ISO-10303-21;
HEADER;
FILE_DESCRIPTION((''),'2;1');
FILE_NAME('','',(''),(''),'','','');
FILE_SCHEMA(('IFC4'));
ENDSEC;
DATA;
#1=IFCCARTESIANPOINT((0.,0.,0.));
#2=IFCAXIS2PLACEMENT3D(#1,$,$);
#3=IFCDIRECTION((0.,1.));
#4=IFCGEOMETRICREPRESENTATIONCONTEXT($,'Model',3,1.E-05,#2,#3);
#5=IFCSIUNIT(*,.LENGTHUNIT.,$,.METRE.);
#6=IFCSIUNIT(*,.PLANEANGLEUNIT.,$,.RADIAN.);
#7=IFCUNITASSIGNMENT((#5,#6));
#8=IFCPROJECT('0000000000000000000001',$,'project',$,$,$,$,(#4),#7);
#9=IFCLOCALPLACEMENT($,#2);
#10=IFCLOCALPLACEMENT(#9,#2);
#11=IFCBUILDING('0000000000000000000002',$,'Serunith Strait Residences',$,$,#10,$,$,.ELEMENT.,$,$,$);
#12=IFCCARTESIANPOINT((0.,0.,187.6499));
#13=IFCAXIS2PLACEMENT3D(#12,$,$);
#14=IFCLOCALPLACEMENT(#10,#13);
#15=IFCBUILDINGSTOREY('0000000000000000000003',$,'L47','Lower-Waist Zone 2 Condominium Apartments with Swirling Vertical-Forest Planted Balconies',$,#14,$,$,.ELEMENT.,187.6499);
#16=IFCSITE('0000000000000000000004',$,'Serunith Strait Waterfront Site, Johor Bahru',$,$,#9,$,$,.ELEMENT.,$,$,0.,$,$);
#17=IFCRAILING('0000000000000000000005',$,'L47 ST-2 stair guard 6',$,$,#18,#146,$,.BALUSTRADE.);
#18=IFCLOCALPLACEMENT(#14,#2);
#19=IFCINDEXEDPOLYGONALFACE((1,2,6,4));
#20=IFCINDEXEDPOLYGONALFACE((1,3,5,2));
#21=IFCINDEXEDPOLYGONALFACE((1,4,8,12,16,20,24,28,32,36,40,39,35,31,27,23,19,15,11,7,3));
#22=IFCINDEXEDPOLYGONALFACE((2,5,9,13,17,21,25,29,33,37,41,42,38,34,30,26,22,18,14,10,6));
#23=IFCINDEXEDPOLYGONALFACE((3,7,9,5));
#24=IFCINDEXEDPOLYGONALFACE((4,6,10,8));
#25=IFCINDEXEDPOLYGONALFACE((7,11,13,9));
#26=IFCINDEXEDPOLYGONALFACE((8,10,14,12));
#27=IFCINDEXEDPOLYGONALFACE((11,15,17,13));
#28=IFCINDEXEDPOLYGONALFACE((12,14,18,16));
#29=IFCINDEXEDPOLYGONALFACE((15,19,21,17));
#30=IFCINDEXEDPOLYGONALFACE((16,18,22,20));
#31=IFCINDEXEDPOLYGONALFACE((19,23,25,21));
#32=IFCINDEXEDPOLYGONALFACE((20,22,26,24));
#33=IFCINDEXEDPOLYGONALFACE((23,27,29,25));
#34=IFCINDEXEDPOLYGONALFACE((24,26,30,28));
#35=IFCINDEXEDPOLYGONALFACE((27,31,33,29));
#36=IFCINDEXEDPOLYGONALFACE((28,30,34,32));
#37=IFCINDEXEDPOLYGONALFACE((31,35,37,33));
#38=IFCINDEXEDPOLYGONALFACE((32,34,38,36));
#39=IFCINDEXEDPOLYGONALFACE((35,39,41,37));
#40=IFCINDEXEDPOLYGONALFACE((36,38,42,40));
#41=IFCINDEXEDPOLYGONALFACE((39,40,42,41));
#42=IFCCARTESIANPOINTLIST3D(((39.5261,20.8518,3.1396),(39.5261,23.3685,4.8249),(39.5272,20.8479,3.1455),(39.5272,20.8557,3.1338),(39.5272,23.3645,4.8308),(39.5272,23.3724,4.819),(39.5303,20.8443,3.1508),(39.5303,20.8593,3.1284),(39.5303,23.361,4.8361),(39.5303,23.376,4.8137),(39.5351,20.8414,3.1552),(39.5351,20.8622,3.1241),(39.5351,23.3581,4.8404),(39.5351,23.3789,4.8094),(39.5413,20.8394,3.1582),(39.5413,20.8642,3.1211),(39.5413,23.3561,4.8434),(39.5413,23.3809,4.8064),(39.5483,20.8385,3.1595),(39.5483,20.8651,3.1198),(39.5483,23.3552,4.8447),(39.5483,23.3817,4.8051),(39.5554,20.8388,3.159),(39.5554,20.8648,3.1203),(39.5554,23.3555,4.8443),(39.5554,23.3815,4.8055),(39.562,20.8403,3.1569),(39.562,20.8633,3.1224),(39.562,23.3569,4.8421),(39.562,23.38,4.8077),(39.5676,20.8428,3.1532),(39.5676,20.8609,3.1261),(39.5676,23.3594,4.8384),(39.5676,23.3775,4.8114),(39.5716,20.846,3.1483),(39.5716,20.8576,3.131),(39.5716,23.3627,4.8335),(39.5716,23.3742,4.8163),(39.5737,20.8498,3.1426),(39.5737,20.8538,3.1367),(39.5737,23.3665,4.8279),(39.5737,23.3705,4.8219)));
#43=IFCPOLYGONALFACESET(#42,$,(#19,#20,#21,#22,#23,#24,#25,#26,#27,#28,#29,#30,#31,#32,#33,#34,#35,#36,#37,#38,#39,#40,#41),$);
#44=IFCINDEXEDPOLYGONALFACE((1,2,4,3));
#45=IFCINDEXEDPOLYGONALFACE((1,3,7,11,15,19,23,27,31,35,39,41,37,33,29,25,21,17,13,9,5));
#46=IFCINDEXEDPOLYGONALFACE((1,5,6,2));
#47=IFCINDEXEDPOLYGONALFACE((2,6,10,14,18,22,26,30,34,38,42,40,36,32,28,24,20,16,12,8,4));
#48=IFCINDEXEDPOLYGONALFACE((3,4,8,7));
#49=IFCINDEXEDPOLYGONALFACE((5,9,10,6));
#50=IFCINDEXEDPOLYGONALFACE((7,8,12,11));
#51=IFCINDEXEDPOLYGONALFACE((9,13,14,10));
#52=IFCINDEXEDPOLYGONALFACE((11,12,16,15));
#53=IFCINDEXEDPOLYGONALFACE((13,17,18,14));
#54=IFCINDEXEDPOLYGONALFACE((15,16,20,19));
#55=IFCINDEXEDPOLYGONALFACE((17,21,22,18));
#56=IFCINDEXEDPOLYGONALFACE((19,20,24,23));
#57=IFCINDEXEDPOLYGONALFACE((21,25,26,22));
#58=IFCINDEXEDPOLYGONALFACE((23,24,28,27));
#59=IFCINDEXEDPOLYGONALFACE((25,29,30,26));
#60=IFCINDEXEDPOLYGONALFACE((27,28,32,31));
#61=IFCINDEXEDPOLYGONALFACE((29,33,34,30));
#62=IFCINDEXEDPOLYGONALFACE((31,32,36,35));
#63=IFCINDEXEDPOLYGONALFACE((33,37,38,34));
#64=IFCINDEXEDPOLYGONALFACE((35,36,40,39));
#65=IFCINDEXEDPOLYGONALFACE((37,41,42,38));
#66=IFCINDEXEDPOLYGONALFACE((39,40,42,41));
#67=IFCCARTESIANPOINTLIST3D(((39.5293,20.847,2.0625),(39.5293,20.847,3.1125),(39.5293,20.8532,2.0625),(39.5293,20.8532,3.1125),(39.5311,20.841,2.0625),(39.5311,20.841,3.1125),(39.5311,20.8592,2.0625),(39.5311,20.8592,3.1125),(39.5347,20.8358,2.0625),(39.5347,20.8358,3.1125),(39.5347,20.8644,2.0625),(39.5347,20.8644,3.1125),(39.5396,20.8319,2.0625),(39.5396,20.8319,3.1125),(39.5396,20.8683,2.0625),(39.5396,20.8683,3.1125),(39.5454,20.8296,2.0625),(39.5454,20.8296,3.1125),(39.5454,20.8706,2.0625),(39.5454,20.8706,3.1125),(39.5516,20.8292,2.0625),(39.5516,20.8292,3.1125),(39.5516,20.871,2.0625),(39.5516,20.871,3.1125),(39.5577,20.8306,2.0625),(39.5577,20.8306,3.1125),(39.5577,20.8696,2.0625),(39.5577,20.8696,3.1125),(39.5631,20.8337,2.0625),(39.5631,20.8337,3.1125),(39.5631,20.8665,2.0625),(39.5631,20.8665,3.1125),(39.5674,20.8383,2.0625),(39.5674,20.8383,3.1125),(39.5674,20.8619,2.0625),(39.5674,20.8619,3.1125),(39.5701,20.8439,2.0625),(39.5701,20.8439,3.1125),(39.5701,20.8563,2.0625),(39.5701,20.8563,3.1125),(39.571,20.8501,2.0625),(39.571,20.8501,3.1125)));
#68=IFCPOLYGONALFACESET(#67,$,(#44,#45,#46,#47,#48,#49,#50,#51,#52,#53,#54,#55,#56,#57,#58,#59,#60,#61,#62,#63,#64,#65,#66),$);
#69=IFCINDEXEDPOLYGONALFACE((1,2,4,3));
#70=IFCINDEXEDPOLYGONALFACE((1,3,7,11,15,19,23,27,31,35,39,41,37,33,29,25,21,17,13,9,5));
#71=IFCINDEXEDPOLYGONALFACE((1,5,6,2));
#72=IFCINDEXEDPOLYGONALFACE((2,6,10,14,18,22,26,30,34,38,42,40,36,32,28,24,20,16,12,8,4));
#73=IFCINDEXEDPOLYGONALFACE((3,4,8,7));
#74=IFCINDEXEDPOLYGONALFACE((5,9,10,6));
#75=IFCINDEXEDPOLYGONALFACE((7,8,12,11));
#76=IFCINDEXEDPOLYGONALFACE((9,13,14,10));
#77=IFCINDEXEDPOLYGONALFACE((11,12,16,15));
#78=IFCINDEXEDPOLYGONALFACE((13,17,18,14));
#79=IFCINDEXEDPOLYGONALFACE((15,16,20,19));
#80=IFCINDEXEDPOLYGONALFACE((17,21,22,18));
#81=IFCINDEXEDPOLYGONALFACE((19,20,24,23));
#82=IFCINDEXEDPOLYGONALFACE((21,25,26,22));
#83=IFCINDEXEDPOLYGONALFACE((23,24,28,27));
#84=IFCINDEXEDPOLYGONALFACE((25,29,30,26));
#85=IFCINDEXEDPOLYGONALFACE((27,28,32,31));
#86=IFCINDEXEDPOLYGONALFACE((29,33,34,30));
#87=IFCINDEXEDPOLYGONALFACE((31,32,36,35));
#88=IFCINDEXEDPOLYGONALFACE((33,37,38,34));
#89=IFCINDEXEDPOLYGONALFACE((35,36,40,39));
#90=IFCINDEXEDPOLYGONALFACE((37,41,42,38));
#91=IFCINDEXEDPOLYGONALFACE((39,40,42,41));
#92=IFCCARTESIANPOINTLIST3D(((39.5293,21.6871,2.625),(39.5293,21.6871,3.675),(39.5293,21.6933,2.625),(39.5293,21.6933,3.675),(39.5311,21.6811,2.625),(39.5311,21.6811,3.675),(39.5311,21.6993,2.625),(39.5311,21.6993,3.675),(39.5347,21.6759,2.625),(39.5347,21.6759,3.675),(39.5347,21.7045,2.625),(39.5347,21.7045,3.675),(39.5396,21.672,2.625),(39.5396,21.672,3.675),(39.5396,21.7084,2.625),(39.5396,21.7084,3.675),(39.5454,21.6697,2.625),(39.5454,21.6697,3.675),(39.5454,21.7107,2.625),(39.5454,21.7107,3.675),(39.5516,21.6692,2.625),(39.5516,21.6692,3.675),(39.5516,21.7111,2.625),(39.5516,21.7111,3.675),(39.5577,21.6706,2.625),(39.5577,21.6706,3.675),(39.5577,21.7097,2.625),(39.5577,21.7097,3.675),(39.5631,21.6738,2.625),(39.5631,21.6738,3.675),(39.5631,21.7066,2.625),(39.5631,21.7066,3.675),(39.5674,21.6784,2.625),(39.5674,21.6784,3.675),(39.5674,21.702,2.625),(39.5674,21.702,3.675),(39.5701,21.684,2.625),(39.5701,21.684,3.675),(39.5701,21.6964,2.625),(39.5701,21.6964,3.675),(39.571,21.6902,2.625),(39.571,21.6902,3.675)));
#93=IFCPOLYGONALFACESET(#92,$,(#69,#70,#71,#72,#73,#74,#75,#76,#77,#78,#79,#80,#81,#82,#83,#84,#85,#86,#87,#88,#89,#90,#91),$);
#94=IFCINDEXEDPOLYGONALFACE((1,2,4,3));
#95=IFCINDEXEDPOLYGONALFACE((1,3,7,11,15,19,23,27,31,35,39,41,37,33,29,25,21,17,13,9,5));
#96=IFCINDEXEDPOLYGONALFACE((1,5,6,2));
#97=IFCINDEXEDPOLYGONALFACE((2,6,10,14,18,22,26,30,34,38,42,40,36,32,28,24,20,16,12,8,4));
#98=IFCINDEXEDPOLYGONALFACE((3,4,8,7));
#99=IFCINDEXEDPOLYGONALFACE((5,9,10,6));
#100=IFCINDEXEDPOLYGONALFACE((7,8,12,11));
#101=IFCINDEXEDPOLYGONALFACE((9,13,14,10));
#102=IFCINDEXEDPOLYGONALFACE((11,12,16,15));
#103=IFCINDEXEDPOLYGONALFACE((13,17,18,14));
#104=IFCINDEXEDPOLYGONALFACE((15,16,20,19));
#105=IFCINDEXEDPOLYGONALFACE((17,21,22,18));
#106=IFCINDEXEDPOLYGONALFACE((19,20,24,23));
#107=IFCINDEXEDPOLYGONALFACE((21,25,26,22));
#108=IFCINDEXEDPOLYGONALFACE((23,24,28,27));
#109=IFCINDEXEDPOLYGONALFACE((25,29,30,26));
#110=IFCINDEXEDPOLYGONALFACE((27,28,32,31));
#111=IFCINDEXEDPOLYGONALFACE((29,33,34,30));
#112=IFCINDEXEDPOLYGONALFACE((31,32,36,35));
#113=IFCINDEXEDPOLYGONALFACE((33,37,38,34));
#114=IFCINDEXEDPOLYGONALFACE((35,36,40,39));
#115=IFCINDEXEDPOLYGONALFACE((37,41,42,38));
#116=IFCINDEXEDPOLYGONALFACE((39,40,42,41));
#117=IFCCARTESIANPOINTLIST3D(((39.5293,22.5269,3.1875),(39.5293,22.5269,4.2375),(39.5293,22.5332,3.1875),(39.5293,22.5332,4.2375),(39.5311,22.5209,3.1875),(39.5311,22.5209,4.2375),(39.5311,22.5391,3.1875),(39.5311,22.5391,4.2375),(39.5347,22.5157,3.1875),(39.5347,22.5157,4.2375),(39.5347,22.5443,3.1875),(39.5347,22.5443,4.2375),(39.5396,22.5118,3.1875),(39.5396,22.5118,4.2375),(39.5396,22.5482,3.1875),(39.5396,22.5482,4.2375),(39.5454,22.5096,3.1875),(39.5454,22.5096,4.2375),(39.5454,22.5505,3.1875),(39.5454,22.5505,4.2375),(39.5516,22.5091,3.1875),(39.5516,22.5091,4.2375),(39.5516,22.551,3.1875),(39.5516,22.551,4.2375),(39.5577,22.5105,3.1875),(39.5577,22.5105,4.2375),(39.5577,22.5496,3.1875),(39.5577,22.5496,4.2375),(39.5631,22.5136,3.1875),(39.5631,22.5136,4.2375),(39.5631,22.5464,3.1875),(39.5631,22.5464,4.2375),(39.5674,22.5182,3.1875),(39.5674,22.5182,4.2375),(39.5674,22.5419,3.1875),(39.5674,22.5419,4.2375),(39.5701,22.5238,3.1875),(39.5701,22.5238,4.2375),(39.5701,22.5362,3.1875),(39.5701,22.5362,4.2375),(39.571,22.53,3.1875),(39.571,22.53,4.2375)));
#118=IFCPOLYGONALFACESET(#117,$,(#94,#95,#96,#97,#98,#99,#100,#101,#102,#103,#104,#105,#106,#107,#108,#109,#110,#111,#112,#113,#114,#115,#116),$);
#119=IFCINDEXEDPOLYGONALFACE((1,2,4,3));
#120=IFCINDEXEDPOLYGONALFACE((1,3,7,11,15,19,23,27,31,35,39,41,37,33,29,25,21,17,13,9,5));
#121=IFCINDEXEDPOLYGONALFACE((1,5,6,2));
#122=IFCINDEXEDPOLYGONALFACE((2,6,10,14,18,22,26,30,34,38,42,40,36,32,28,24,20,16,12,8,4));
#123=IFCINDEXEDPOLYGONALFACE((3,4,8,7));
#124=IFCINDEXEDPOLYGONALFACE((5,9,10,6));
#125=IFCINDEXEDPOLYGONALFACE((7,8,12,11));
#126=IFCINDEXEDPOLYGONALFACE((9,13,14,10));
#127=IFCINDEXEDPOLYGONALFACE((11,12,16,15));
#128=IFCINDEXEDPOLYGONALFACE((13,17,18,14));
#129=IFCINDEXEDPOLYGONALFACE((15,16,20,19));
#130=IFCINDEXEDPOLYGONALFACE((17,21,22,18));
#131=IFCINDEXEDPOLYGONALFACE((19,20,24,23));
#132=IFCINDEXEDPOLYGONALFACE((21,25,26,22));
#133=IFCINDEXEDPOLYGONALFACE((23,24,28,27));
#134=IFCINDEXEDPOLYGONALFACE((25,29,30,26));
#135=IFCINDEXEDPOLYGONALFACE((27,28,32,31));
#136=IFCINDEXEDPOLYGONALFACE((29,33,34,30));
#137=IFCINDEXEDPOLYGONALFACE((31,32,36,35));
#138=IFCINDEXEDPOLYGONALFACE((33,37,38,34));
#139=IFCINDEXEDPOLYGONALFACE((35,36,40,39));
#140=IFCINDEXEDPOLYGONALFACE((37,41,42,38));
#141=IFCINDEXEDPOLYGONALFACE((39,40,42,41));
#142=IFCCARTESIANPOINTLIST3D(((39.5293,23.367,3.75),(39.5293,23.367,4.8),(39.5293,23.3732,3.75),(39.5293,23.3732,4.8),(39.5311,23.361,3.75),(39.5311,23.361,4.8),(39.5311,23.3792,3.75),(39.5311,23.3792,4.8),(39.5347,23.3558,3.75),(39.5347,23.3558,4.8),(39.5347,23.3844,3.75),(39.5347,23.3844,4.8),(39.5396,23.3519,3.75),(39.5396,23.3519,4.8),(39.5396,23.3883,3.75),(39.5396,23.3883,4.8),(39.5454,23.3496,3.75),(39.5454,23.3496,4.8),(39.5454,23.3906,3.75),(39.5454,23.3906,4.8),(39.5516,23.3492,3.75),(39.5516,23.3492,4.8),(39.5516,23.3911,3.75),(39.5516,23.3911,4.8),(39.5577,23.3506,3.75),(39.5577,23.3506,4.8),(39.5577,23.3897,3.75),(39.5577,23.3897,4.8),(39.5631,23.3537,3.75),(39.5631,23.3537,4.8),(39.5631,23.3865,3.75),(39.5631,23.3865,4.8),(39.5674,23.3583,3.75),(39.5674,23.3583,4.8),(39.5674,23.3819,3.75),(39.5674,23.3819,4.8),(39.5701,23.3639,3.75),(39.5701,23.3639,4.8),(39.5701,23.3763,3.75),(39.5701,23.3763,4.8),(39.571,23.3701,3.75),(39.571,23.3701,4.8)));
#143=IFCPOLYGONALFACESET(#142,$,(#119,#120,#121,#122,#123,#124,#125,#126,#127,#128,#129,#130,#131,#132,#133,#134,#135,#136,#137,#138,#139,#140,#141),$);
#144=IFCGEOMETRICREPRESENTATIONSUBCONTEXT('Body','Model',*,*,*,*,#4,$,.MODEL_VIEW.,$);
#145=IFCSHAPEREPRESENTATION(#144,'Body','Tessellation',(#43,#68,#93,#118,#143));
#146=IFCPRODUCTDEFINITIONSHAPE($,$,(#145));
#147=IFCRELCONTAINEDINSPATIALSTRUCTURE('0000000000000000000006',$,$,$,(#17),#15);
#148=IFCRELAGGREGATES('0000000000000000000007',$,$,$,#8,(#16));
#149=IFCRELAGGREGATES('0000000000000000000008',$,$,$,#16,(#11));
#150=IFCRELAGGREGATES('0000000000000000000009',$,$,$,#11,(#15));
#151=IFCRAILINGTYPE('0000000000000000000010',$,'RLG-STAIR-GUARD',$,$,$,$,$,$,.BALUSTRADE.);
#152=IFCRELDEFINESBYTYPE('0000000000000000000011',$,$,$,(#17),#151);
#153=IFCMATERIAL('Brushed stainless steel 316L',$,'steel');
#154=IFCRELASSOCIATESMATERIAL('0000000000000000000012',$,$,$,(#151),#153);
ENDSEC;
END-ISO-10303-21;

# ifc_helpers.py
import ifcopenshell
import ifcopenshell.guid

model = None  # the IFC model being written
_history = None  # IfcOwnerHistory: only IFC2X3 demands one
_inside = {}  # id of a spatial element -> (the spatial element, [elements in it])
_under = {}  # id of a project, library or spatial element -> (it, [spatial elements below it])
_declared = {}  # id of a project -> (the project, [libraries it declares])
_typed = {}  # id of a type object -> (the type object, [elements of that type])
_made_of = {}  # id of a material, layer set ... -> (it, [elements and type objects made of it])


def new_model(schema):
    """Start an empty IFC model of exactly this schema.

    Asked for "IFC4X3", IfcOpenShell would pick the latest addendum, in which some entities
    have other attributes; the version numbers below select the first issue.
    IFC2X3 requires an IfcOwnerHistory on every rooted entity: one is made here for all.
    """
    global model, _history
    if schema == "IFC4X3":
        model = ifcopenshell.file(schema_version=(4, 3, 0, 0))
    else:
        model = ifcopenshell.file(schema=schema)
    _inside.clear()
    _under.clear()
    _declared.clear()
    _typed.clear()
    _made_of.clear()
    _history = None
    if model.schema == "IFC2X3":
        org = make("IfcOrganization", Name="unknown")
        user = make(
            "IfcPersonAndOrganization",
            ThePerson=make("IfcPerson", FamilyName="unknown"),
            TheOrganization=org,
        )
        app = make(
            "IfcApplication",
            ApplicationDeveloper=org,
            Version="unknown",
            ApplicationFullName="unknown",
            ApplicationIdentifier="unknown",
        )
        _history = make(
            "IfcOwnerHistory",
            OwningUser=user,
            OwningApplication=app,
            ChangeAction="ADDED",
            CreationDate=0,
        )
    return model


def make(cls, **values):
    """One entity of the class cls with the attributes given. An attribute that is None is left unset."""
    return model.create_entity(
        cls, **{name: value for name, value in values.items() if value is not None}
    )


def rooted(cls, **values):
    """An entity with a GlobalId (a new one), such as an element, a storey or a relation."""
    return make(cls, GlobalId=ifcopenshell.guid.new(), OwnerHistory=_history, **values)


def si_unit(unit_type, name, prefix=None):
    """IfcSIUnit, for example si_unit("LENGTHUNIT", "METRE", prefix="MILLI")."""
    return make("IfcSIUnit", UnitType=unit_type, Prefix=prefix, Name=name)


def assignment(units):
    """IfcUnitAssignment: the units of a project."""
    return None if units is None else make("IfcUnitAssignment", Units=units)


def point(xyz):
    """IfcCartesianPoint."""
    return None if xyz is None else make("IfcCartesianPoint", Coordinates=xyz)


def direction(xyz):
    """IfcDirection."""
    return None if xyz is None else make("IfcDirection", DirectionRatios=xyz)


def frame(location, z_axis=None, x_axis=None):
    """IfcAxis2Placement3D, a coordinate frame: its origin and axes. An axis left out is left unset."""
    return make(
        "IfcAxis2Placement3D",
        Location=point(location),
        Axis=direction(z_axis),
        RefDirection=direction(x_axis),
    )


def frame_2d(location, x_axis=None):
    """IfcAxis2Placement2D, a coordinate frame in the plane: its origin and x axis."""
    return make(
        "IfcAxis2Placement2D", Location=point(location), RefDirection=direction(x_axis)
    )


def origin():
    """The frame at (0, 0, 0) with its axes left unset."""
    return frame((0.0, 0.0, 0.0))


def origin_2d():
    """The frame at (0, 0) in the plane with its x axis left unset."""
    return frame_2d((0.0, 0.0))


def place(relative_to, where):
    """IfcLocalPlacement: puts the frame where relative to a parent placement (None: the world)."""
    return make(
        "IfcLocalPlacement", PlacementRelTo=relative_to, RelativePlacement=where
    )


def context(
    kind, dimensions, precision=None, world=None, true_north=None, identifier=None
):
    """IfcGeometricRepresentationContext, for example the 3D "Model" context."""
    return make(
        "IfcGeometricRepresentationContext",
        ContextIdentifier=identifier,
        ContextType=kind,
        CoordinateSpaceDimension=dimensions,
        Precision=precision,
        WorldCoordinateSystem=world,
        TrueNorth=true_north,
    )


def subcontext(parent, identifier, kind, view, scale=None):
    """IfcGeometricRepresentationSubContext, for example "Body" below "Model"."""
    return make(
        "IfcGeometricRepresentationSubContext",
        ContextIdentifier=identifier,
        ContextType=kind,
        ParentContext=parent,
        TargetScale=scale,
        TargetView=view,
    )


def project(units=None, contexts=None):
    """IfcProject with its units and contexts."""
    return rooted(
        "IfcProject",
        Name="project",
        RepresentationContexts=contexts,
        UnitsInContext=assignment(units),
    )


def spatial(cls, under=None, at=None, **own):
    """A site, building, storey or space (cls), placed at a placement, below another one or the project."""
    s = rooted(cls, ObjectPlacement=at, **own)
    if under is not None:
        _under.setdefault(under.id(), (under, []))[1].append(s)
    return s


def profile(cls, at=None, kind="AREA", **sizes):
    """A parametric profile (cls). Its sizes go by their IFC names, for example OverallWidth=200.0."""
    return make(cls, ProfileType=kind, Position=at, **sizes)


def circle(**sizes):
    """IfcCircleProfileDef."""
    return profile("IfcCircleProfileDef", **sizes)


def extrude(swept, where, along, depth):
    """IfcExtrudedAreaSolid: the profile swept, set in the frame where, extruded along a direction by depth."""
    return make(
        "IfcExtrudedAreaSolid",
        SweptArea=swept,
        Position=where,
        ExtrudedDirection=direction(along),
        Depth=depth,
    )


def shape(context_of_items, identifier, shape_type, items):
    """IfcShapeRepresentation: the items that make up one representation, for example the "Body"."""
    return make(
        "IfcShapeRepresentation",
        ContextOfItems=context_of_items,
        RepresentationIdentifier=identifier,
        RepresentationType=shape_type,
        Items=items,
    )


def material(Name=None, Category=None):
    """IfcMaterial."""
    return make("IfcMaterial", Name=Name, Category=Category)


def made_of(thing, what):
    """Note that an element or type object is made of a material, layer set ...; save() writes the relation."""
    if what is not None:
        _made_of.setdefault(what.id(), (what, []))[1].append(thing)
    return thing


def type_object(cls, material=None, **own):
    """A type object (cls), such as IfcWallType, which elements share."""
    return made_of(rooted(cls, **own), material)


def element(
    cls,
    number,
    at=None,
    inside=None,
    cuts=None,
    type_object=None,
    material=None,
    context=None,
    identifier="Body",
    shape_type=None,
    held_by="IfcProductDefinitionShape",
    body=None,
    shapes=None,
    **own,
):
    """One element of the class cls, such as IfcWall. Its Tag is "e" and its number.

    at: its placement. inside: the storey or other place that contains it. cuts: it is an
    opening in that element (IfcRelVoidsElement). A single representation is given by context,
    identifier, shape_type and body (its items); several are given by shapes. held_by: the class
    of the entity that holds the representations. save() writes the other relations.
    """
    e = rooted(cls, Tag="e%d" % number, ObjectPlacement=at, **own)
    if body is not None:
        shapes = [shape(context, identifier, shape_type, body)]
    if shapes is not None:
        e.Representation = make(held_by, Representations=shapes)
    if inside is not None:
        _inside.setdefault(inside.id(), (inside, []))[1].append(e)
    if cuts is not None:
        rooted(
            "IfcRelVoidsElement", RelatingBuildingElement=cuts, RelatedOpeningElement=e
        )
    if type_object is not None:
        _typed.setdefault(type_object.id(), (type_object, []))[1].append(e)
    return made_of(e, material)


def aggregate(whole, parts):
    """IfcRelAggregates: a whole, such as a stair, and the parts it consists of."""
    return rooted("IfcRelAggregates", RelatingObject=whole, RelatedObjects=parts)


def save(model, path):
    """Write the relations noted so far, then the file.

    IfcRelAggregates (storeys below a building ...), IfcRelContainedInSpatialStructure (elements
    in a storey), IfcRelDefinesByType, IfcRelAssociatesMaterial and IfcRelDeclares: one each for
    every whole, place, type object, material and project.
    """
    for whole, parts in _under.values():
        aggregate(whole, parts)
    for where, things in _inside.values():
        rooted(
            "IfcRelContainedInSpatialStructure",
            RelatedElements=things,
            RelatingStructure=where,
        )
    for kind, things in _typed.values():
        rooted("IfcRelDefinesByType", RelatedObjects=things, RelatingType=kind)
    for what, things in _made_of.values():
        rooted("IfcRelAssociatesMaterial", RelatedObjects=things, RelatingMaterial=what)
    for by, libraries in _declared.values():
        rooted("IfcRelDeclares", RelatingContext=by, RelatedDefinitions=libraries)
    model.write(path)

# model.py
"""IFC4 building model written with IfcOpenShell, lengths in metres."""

from ifc_helpers import new_model, si_unit, direction, frame, origin, origin_2d, place, context, subcontext, project, spatial, circle, extrude, material, type_object, element, save


model = new_model("IFC4")

# Units and contexts
model_context = context("Model", 3, precision=1e-05, world=origin(), true_north=direction((0.0, 1.0)))
body_context = subcontext(model_context, "Body", "Model", "MODEL_VIEW")
ifc_project = project(units=[si_unit("LENGTHUNIT", "METRE"), si_unit("PLANEANGLEUNIT", "RADIAN")], contexts=[model_context])

# Site, building, storey
site_placement = place(None, origin())
site = spatial("IfcSite", under=ifc_project, at=site_placement, Name="Serunith Strait Waterfront Site, Johor Bahru", CompositionType="ELEMENT", RefElevation=0.0)
building_placement = place(site_placement, origin())
building = spatial("IfcBuilding", under=site, at=building_placement, Name="Serunith Strait Residences", CompositionType="ELEMENT")
storey_placement = place(building_placement, frame((0.0, 0.0, 187.6499)))
storey = spatial("IfcBuildingStorey", under=building, at=storey_placement, Name="L47", Description="Lower-Waist Zone 2 Condominium Apartments with Swirling Vertical-Forest Planted Balconies", CompositionType="ELEMENT", Elevation=187.6499)

# Railing
ifc_material_1 = material(Name="Brushed stainless steel 316L", Category="steel")
railing_type_1 = type_object("IfcRailingType", Name="RLG-STAIR-GUARD", PredefinedType="BALUSTRADE", material=ifc_material_1)
railing_1_placement = place(storey_placement, frame((39.55, 20.8501, 2.0625)))
element("IfcRailing", 1, at=railing_1_placement, inside=storey, type_object=railing_type_1, Name="L47 ST-2 stair guard 6", PredefinedType="BALUSTRADE", context=body_context, shape_type="SweptSolid", body=[
    extrude(circle(Radius=0.0239, at=origin_2d()), frame((0.0, 0.0017, 1.0771), z_axis=(0.0, 0.830909, 0.556408), x_axis=(-1.0, 0.0, 0.0)), (0.0, 0.0, 1.0), 3.0288),
    extrude(circle(Radius=0.021, at=origin_2d()), origin(), (0.0, 0.0, 1.0), 1.05),
    extrude(circle(Radius=0.021, at=origin_2d()), frame((0.0, 0.8401, 0.5625)), (0.0, 0.0, 1.0), 1.05),
    extrude(circle(Radius=0.021, at=origin_2d()), frame((0.0, 1.6799, 1.125)), (0.0, 0.0, 1.0), 1.05),
    extrude(circle(Radius=0.021, at=origin_2d()), frame((0.0, 2.52, 1.6875)), (0.0, 0.0, 1.0), 1.05),
])

save(model, "model.ifc")
